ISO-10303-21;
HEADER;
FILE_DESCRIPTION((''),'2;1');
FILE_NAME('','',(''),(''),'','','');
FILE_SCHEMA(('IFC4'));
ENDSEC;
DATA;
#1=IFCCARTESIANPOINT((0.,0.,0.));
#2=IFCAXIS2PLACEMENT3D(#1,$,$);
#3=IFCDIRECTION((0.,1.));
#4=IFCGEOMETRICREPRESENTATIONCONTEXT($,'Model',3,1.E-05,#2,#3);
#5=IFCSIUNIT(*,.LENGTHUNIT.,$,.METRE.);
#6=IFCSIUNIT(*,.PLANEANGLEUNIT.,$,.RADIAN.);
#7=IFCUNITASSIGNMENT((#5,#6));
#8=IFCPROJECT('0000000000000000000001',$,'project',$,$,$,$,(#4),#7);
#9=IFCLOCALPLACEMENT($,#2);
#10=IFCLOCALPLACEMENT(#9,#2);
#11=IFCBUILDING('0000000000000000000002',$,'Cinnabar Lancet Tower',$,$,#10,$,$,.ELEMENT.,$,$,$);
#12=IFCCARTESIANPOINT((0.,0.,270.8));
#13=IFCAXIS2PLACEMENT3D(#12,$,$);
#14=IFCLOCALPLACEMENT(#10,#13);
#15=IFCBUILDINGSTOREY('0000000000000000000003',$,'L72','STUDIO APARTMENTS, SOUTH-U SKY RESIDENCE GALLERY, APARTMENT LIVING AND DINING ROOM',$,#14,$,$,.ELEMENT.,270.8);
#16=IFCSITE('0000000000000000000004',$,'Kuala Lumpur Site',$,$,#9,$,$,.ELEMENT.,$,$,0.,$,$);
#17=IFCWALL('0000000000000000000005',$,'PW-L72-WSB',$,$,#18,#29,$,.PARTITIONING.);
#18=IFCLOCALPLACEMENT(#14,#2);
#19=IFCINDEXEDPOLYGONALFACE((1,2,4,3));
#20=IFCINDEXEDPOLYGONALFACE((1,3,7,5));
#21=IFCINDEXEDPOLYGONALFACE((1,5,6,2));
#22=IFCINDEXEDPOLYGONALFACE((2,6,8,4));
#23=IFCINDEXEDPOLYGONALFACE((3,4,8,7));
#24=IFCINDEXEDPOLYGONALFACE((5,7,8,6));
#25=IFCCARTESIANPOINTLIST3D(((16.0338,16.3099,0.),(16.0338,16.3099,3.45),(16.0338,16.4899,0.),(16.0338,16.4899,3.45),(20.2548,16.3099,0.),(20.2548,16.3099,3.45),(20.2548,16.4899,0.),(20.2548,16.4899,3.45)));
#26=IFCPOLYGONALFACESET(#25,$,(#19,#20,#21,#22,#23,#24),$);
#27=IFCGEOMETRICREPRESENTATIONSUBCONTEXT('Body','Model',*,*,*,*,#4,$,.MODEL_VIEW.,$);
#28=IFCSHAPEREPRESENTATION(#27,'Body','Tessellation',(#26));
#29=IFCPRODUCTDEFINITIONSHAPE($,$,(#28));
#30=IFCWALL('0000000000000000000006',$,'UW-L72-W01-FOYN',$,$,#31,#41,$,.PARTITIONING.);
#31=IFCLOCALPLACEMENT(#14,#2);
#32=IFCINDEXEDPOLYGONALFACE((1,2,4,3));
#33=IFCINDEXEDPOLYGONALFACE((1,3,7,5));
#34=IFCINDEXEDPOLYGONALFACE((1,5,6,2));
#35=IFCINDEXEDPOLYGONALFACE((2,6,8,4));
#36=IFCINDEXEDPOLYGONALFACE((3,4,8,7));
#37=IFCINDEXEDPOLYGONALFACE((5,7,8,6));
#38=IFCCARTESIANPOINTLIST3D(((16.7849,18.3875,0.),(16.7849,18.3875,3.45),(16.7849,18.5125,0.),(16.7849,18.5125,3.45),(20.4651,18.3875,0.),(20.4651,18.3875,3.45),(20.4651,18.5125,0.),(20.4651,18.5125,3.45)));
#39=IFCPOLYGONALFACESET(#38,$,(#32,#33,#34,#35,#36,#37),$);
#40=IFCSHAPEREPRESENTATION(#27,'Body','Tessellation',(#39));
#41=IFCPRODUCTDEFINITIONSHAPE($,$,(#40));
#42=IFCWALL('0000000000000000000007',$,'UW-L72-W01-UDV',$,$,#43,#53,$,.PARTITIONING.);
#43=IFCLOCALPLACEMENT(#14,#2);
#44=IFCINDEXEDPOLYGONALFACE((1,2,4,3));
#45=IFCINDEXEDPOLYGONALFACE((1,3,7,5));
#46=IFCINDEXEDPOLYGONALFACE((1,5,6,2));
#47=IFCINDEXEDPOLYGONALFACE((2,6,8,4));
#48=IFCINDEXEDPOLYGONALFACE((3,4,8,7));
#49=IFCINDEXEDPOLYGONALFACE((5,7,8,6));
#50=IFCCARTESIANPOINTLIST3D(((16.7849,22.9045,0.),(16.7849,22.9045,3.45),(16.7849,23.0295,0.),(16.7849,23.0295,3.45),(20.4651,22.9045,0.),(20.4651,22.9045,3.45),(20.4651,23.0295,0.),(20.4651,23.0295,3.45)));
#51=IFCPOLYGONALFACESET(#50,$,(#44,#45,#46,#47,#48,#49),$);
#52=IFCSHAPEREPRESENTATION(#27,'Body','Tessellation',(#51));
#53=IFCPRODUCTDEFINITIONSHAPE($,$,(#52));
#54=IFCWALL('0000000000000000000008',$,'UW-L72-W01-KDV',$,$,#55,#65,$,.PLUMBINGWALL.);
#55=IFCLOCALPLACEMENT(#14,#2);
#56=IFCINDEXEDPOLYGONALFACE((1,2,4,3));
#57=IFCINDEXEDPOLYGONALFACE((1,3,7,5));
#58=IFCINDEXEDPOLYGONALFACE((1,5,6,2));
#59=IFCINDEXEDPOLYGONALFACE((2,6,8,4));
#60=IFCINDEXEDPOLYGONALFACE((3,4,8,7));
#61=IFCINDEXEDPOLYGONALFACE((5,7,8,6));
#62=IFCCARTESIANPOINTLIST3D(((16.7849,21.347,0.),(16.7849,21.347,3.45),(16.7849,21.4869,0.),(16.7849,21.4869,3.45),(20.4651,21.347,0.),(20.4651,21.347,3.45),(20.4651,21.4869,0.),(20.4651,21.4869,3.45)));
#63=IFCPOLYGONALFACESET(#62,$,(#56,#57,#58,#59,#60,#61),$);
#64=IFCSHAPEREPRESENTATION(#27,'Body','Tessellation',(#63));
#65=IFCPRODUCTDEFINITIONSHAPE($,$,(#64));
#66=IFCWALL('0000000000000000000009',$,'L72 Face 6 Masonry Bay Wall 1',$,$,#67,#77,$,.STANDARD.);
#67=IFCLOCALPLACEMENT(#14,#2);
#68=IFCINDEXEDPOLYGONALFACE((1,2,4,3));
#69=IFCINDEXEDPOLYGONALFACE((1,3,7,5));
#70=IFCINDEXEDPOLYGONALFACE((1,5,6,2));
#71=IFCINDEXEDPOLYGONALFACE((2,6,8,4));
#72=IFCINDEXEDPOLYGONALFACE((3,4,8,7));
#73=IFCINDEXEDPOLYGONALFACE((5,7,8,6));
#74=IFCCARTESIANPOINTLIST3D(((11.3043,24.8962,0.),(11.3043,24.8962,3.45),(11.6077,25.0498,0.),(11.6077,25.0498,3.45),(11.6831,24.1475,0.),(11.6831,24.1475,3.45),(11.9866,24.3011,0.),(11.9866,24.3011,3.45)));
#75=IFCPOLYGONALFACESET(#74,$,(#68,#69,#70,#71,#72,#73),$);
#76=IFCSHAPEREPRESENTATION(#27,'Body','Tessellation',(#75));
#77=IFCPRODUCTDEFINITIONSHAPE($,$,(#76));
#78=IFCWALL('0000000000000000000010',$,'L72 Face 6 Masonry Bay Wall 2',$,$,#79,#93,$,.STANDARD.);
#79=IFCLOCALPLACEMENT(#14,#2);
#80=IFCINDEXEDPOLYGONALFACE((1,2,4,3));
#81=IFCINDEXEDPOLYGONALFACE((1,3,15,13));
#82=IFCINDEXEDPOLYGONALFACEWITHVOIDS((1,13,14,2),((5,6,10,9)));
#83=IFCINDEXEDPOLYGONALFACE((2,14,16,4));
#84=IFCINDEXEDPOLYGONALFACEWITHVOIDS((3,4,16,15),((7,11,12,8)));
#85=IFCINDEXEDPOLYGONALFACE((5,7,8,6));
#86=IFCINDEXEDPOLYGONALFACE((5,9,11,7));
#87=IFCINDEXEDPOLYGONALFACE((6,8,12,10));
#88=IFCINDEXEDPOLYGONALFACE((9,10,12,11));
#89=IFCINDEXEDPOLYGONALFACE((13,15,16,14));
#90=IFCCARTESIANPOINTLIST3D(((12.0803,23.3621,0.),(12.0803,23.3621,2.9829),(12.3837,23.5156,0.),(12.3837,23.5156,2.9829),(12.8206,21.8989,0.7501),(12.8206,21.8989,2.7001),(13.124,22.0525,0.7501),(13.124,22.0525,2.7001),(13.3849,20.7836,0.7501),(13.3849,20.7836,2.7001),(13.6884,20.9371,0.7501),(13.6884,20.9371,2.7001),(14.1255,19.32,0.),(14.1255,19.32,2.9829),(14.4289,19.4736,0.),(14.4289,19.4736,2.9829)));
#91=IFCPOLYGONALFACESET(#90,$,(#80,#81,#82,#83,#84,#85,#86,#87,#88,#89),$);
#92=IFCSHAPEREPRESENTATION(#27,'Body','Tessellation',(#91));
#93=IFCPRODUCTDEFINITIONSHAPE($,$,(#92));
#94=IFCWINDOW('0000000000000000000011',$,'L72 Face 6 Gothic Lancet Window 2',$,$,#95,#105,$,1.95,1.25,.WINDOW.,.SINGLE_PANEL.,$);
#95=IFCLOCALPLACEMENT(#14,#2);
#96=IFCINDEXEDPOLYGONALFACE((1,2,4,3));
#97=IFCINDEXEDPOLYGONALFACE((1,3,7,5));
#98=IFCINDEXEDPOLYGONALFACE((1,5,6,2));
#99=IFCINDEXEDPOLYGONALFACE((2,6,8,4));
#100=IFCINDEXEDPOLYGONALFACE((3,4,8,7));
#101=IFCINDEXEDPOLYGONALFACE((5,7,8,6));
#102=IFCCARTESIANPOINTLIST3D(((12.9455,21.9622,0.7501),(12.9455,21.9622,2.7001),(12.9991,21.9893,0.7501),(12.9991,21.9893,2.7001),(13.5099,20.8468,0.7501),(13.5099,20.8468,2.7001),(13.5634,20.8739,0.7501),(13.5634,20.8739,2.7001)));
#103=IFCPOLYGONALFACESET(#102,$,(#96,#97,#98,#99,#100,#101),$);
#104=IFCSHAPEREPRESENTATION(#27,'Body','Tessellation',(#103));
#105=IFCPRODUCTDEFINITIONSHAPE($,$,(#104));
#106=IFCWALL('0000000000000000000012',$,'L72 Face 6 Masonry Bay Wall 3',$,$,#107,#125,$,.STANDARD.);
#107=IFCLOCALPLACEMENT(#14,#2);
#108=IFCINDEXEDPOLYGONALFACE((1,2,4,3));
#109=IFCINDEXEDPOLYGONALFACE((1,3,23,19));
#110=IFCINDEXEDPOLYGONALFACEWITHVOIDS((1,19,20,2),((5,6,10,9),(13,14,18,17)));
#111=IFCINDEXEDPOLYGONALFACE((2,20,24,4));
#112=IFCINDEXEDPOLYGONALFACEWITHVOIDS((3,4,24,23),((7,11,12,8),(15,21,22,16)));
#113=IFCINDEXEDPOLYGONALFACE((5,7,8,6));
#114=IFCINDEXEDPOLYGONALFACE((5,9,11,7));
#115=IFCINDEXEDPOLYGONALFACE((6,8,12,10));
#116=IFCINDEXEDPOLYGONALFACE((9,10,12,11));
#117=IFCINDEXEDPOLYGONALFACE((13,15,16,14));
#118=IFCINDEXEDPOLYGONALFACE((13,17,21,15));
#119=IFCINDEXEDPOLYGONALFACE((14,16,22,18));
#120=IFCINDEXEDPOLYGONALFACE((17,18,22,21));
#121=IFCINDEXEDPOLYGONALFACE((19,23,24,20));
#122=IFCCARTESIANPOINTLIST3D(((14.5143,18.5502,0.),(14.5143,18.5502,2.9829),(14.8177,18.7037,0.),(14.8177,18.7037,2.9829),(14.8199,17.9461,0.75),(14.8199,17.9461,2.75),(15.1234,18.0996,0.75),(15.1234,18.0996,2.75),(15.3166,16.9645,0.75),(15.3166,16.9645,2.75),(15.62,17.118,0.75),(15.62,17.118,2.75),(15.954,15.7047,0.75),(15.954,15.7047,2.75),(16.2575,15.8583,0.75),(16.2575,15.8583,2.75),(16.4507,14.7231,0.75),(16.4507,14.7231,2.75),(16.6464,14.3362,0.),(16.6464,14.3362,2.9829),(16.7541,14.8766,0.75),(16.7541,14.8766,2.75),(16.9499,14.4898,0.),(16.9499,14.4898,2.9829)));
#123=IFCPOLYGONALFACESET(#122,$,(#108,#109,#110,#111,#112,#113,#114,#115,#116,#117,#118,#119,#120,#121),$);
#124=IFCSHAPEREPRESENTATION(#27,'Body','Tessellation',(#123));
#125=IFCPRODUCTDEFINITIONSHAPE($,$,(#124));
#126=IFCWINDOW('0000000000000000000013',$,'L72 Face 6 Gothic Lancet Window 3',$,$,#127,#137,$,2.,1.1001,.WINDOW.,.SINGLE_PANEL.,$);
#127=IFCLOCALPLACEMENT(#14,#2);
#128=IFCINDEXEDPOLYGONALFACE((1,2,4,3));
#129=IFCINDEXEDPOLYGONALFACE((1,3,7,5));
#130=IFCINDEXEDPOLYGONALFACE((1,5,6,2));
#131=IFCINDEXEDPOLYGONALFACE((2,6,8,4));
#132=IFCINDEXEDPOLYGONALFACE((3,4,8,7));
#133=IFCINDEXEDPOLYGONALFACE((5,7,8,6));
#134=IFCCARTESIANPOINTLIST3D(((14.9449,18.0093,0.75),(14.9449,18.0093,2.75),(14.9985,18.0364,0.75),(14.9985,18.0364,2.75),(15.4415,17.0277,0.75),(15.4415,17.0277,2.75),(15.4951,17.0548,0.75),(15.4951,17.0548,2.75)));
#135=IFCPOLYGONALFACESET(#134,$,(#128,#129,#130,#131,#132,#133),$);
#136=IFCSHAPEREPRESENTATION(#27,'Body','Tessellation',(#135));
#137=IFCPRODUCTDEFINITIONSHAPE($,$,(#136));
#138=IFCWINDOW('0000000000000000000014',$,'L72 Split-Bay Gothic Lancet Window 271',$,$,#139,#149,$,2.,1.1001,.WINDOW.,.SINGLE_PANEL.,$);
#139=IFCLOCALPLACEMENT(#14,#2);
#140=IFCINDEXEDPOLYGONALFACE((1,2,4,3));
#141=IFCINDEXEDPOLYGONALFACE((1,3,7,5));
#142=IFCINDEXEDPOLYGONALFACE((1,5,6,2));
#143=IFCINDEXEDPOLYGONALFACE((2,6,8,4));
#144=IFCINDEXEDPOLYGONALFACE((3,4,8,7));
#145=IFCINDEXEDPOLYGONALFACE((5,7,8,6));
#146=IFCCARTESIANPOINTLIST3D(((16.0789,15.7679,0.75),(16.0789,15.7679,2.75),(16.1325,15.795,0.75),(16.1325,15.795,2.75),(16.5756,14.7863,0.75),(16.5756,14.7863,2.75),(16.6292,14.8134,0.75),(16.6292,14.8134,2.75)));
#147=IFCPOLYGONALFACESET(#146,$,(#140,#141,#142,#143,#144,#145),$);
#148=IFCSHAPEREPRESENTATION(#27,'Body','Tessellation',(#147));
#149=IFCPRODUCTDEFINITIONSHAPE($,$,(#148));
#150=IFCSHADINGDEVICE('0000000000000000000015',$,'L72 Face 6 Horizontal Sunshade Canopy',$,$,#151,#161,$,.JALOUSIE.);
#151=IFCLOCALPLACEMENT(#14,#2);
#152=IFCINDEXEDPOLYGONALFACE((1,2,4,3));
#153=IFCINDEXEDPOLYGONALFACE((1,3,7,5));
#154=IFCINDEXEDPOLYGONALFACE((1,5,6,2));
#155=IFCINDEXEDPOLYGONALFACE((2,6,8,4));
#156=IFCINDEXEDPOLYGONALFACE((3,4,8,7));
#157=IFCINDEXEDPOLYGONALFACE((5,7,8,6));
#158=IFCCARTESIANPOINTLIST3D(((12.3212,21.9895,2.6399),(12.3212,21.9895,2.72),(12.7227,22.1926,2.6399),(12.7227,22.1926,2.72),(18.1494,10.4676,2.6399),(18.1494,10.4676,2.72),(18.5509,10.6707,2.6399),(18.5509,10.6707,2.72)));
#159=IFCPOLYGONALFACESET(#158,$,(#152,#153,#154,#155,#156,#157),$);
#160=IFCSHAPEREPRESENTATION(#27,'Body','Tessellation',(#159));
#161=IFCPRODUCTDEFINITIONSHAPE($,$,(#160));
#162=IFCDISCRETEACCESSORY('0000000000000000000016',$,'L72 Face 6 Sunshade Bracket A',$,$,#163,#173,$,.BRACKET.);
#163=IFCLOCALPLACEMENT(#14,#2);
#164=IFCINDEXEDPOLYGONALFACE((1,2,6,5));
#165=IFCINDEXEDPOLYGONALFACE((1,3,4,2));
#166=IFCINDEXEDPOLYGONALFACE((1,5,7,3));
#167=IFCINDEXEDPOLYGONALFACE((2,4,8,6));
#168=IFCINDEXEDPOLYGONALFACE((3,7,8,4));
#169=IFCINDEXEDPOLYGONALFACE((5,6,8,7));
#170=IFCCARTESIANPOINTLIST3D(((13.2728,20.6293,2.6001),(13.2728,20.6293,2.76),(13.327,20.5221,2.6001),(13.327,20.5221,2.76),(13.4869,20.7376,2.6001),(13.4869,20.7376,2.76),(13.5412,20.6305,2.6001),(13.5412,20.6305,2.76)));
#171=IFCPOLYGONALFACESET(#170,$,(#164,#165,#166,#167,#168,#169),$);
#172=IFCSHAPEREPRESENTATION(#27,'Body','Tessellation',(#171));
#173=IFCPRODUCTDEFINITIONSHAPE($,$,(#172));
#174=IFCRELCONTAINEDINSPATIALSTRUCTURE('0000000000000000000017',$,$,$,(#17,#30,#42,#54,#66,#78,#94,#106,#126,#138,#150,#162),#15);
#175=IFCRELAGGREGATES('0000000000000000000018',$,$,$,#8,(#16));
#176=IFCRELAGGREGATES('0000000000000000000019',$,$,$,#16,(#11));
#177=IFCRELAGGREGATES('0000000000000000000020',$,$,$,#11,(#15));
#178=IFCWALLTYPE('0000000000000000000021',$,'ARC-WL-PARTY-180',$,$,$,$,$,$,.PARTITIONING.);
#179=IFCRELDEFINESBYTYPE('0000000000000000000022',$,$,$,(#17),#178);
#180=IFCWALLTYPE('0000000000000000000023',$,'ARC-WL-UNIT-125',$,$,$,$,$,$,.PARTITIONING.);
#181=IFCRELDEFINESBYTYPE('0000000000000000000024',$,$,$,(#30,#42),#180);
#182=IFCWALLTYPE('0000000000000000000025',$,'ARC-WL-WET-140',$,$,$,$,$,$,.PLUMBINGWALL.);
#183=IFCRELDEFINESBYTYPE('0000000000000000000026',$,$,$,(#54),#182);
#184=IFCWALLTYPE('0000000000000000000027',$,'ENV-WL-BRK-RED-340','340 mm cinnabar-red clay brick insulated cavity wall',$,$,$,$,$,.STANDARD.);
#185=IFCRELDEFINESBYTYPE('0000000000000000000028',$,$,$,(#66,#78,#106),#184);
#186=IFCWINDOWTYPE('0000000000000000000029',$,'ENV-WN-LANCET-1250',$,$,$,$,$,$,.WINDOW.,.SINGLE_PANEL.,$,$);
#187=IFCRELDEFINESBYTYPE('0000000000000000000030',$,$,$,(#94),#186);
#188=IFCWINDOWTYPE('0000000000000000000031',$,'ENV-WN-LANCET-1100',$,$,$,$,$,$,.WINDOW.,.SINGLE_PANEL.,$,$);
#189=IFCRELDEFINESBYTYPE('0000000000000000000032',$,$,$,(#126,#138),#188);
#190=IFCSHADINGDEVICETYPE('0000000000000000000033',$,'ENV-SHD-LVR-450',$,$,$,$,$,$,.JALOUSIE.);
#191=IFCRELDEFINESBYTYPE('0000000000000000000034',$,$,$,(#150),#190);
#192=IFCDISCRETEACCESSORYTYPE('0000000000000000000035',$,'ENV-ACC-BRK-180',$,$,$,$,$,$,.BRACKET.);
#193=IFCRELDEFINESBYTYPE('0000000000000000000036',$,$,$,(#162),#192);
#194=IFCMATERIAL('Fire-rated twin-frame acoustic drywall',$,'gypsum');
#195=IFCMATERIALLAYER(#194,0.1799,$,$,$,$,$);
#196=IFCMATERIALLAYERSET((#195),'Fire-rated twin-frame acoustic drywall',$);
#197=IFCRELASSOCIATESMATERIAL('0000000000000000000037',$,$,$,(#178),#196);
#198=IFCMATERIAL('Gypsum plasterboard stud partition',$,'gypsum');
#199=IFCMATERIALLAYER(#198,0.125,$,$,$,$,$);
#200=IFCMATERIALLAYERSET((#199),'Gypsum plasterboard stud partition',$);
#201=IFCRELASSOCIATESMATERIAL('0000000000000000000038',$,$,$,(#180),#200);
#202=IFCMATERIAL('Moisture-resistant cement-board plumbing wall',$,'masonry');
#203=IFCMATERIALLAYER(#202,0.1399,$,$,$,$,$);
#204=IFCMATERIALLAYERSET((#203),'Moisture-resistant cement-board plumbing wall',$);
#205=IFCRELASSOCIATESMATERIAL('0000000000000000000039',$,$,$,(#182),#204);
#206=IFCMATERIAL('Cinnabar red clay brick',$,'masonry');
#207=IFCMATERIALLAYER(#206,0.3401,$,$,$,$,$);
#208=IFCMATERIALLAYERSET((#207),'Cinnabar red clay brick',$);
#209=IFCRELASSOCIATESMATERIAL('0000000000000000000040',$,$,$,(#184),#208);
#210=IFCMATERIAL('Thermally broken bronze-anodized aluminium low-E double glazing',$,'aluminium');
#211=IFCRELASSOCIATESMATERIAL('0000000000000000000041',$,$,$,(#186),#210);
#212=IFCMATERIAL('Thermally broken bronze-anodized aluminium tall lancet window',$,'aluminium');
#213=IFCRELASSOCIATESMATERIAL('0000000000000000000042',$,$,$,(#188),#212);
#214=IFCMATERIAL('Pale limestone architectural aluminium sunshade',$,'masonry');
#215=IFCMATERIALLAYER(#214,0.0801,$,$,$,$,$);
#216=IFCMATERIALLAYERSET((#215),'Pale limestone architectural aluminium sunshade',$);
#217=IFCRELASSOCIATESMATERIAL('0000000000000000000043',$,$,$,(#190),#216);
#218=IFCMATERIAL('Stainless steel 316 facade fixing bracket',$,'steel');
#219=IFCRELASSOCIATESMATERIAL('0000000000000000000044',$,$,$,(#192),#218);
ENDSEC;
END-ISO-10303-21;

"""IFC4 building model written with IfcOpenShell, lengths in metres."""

from ifc_helpers import new_model, si_unit, direction, frame, frame_2d, origin, origin_2d, place, context, subcontext, project, spatial, rectangle, extrude, material, layer, layer_set, type_object, element, fill, save


model = new_model("IFC4")

# Units and contexts
model_context = context("Model", 3, precision=1e-05, world=origin(), true_north=direction((0.0, 1.0)))
body_context = subcontext(model_context, "Body", "Model", "MODEL_VIEW")
ifc_project = project(units=[si_unit("LENGTHUNIT", "METRE"), si_unit("PLANEANGLEUNIT", "RADIAN")], contexts=[model_context])

# Site, building, storey
site_placement = place(None, origin())
site = spatial("IfcSite", under=ifc_project, at=site_placement, Name="Kuala Lumpur Site", CompositionType="ELEMENT", RefElevation=0.0)
building_placement = place(site_placement, origin())
building = spatial("IfcBuilding", under=site, at=building_placement, Name="Cinnabar Lancet Tower", CompositionType="ELEMENT")
storey_placement = place(building_placement, frame((0.0, 0.0, 270.8)))
storey = spatial("IfcBuildingStorey", under=building, at=storey_placement, Name="L72", Description="STUDIO APARTMENTS, SOUTH-U SKY RESIDENCE GALLERY, APARTMENT LIVING AND DINING ROOM", CompositionType="ELEMENT", Elevation=270.8)

# Walls
ifc_material_1 = material(Name="Fire-rated twin-frame acoustic drywall", Category="gypsum")
ifc_layer_1 = layer(ifc_material_1, 0.1799)
ifc_layer_set_1 = layer_set([ifc_layer_1], Name="Fire-rated twin-frame acoustic drywall")
wall_type_1 = type_object("IfcWallType", Name="ARC-WL-PARTY-180", PredefinedType="PARTITIONING", material=ifc_layer_set_1)
wall_1_placement = place(storey_placement, frame((16.0339, 16.3999, 0.0), z_axis=(0.0, 0.0, 1.0), x_axis=(1.0, 0.0, 0.0)))
element("IfcWall", 1, at=wall_1_placement, inside=storey, type_object=wall_type_1, Name="PW-L72-WSB", PredefinedType="PARTITIONING", context=body_context, shape_type="SweptSolid", body=[
    extrude(rectangle(XDim=4.2209, YDim=0.1799, at=frame_2d((2.1104, 0.0))), origin(), (0.0, 0.0, 1.0), 3.45),
])
ifc_material_2 = material(Name="Gypsum plasterboard stud partition", Category="gypsum")
ifc_layer_2 = layer(ifc_material_2, 0.125)
ifc_layer_set_2 = layer_set([ifc_layer_2], Name="Gypsum plasterboard stud partition")
wall_type_2 = type_object("IfcWallType", Name="ARC-WL-UNIT-125", PredefinedType="PARTITIONING", material=ifc_layer_set_2)
for number, where, z_axis, x_axis, name in (
    (2, (16.7849, 18.45, 0.0), (0.0, 0.0, 1.0), (1.0, 0.0, 0.0), "UW-L72-W01-FOYN"),
    (3, (16.7849, 22.967, 0.0), (0.0, 0.0, 1.0), (1.0, 0.0, 0.0), "UW-L72-W01-UDV"),
):
    element("IfcWall", number, at=place(storey_placement, frame(where, z_axis=z_axis, x_axis=x_axis)), inside=storey, type_object=wall_type_2, Name=name, PredefinedType="PARTITIONING", context=body_context, shape_type="SweptSolid", body=[
        extrude(rectangle(XDim=3.6802, YDim=0.125, at=frame_2d((1.8401, 0.0))), origin(), (0.0, 0.0, 1.0), 3.45),
    ])

# Shared definitions
ifc_material_3 = material(Name="Moisture-resistant cement-board plumbing wall", Category="masonry")
ifc_layer_3 = layer(ifc_material_3, 0.1399)
ifc_layer_set_3 = layer_set([ifc_layer_3], Name="Moisture-resistant cement-board plumbing wall")
wall_type_3 = type_object("IfcWallType", Name="ARC-WL-WET-140", PredefinedType="PLUMBINGWALL", material=ifc_layer_set_3)

# Walls
wall_2_placement = place(storey_placement, frame((16.7849, 21.417, 0.0), z_axis=(0.0, 0.0, 1.0), x_axis=(1.0, 0.0, 0.0)))
element("IfcWall", 4, at=wall_2_placement, inside=storey, type_object=wall_type_3, Name="UW-L72-W01-KDV", PredefinedType="PLUMBINGWALL", context=body_context, shape_type="SweptSolid", body=[
    extrude(rectangle(XDim=3.6802, YDim=0.1399, at=frame_2d((1.8401, 0.0))), origin(), (0.0, 0.0, 1.0), 3.45),
])
ifc_material_4 = material(Name="Cinnabar red clay brick", Category="masonry")
ifc_layer_4 = layer(ifc_material_4, 0.3401)
ifc_layer_set_4 = layer_set([ifc_layer_4], Name="Cinnabar red clay brick")
wall_type_4 = type_object("IfcWallType", Name="ENV-WL-BRK-RED-340", Description="340 mm cinnabar-red clay brick insulated cavity wall", PredefinedType="STANDARD", material=ifc_layer_set_4)
wall_3_placement = place(storey_placement, frame((11.4561, 24.9729, 0.0), z_axis=(0.0, 0.0, 1.0), x_axis=(0.451514, -0.892264, 0.0)))
element("IfcWall", 5, at=wall_3_placement, inside=storey, type_object=wall_type_4, Name="L72 Face 6 Masonry Bay Wall 1", PredefinedType="STANDARD", context=body_context, shape_type="SweptSolid", body=[
    extrude(rectangle(XDim=0.8391, YDim=0.3401, at=frame_2d((0.4194, 0.0))), origin(), (0.0, 0.0, 1.0), 3.45),
])

# Wall, opening, window
wall_4_placement = place(storey_placement, frame((12.2319, 23.439, 0.0), z_axis=(0.0, 0.0, 1.0), x_axis=(0.451477, -0.892283, 0.0)))
wall_4 = element("IfcWall", 6, at=wall_4_placement, inside=storey, type_object=wall_type_4, Name="L72 Face 6 Masonry Bay Wall 2", PredefinedType="STANDARD", context=body_context, shape_type="SweptSolid", body=[
    extrude(rectangle(XDim=4.53, YDim=0.3401, at=frame_2d((2.2651, 0.0))), origin(), (0.0, 0.0, 1.0), 2.9829),
])
opening_1_placement = place(wall_4_placement, frame((1.6399, 0.0, 0.75)))
opening_1 = element("IfcOpeningElement", 7, at=opening_1_placement, cuts=wall_4, PredefinedType="OPENING", context=body_context, shape_type="SweptSolid", body=[
    extrude(rectangle(XDim=1.25, YDim=1.95, at=frame_2d((0.625, 0.9751))), frame((0.0, 0.1799, 0.0), z_axis=(0.0, -1.0, 0.0), x_axis=(1.0, 0.0, 0.0)), (0.0, 0.0, 1.0), 0.3601),
])
ifc_material_5 = material(Name="Thermally broken bronze-anodized aluminium low-E double glazing", Category="aluminium")
window_type_1 = type_object("IfcWindowType", Name="ENV-WN-LANCET-1250", PartitioningType="SINGLE_PANEL", PredefinedType="WINDOW", material=ifc_material_5)
window_1_placement = place(opening_1_placement, origin())
window_1 = element("IfcWindow", 8, at=window_1_placement, inside=storey, type_object=window_type_1, Name="L72 Face 6 Gothic Lancet Window 2", OverallHeight=1.95, OverallWidth=1.25, PartitioningType="SINGLE_PANEL", PredefinedType="WINDOW", context=body_context, shape_type="SweptSolid", body=[
    extrude(rectangle(XDim=1.25, YDim=1.95, at=frame_2d((0.625, 0.9751))), frame((0.0, 0.03, 0.0), z_axis=(0.0, -1.0, 0.0), x_axis=(1.0, 0.0, 0.0)), (0.0, 0.0, 1.0), 0.0601),
])
fill(opening_1, window_1)

# Wall, openings, windows
wall_5_placement = place(storey_placement, frame((14.666, 18.627, 0.0), z_axis=(0.0, 0.0, 1.0), x_axis=(0.451468, -0.892287, 0.0)))
wall_5 = element("IfcWall", 9, at=wall_5_placement, inside=storey, type_object=wall_type_4, Name="L72 Face 6 Masonry Bay Wall 3", PredefinedType="STANDARD", context=body_context, shape_type="SweptSolid", body=[
    extrude(rectangle(XDim=4.7227, YDim=0.3401, at=frame_2d((2.3613, 0.0))), origin(), (0.0, 0.0, 1.0), 2.9829),
])
opening_2_placement = place(wall_5_placement, frame((0.677, 0.0, 0.75)))
opening_2 = element("IfcOpeningElement", 10, at=opening_2_placement, cuts=wall_5, PredefinedType="OPENING", context=body_context, shape_type="SweptSolid", body=[
    extrude(rectangle(XDim=1.1001, YDim=2.0, at=frame_2d((0.55, 1.0))), frame((0.0, 0.1799, 0.0), z_axis=(0.0, -1.0, 0.0), x_axis=(1.0, 0.0, 0.0)), (0.0, 0.0, 1.0), 0.3601),
])
opening_3_placement = place(wall_5_placement, frame((3.189, 0.0, 0.75)))
opening_3 = element("IfcOpeningElement", 11, at=opening_3_placement, cuts=wall_5, PredefinedType="OPENING", context=body_context, shape_type="SweptSolid", body=[
    extrude(rectangle(XDim=1.1001, YDim=2.0, at=frame_2d((0.55, 1.0))), frame((0.0, 0.1799, 0.0), z_axis=(0.0, -1.0, 0.0), x_axis=(1.0, 0.0, 0.0)), (0.0, 0.0, 1.0), 0.3601),
])
ifc_material_6 = material(Name="Thermally broken bronze-anodized aluminium tall lancet window", Category="aluminium")
window_type_2 = type_object("IfcWindowType", Name="ENV-WN-LANCET-1100", PartitioningType="SINGLE_PANEL", PredefinedType="WINDOW", material=ifc_material_6)
window_2_placement = place(opening_2_placement, origin())
window_2 = element("IfcWindow", 12, at=window_2_placement, inside=storey, type_object=window_type_2, Name="L72 Face 6 Gothic Lancet Window 3", OverallHeight=2.0, OverallWidth=1.1001, PartitioningType="SINGLE_PANEL", PredefinedType="WINDOW", context=body_context, shape_type="SweptSolid", body=[
    extrude(rectangle(XDim=1.1001, YDim=2.0, at=frame_2d((0.55, 1.0))), frame((0.0, 0.03, 0.0), z_axis=(0.0, -1.0, 0.0), x_axis=(1.0, 0.0, 0.0)), (0.0, 0.0, 1.0), 0.0601),
])
fill(opening_2, window_2)
window_3_placement = place(opening_3_placement, origin())
window_3 = element("IfcWindow", 13, at=window_3_placement, inside=storey, type_object=window_type_2, Name="L72 Split-Bay Gothic Lancet Window 271", OverallHeight=2.0, OverallWidth=1.1001, PartitioningType="SINGLE_PANEL", PredefinedType="WINDOW", context=body_context, shape_type="SweptSolid", body=[
    extrude(rectangle(XDim=1.1001, YDim=2.0, at=frame_2d((0.55, 1.0))), frame((0.0, 0.03, 0.0), z_axis=(0.0, -1.0, 0.0), x_axis=(1.0, 0.0, 0.0)), (0.0, 0.0, 1.0), 0.0601),
])
fill(opening_3, window_3)

# Shading device
ifc_material_7 = material(Name="Pale limestone architectural aluminium sunshade", Category="masonry")
ifc_layer_5 = layer(ifc_material_7, 0.0801)
ifc_layer_set_5 = layer_set([ifc_layer_5], Name="Pale limestone architectural aluminium sunshade")
shading_device_type = type_object("IfcShadingDeviceType", Name="ENV-SHD-LVR-450", PredefinedType="JALOUSIE", material=ifc_layer_set_5)
shading_device_placement = place(storey_placement, frame((15.436, 16.3301, 2.6399), z_axis=(0.0, 0.0, 1.0), x_axis=(0.451376, -0.892334, 0.0)))
element("IfcShadingDevice", 14, at=shading_device_placement, inside=storey, type_object=shading_device_type, Name="L72 Face 6 Horizontal Sunshade Canopy", PredefinedType="JALOUSIE", context=body_context, shape_type="SweptSolid", body=[
    extrude(rectangle(XDim=12.9121, YDim=0.45, at=origin_2d()), origin(), (0.0, 0.0, 1.0), 0.0801),
])

# Discrete accessory
ifc_material_8 = material(Name="Stainless steel 316 facade fixing bracket", Category="steel")
discrete_accessory_type = type_object("IfcDiscreteAccessoryType", Name="ENV-ACC-BRK-180", PredefinedType="BRACKET", material=ifc_material_8)
discrete_accessory_placement = place(storey_placement, frame((13.407, 20.6299, 2.6001), z_axis=(0.0, 0.0, 1.0), x_axis=(0.451376, -0.892334, 0.0)))
element("IfcDiscreteAccessory", 15, at=discrete_accessory_placement, inside=storey, type_object=discrete_accessory_type, Name="L72 Face 6 Sunshade Bracket A", PredefinedType="BRACKET", context=body_context, shape_type="SweptSolid", body=[
    extrude(rectangle(XDim=0.1201, YDim=0.24, at=origin_2d()), origin(), (0.0, 0.0, 1.0), 0.1599),
])

save(model, "model.ifc")
